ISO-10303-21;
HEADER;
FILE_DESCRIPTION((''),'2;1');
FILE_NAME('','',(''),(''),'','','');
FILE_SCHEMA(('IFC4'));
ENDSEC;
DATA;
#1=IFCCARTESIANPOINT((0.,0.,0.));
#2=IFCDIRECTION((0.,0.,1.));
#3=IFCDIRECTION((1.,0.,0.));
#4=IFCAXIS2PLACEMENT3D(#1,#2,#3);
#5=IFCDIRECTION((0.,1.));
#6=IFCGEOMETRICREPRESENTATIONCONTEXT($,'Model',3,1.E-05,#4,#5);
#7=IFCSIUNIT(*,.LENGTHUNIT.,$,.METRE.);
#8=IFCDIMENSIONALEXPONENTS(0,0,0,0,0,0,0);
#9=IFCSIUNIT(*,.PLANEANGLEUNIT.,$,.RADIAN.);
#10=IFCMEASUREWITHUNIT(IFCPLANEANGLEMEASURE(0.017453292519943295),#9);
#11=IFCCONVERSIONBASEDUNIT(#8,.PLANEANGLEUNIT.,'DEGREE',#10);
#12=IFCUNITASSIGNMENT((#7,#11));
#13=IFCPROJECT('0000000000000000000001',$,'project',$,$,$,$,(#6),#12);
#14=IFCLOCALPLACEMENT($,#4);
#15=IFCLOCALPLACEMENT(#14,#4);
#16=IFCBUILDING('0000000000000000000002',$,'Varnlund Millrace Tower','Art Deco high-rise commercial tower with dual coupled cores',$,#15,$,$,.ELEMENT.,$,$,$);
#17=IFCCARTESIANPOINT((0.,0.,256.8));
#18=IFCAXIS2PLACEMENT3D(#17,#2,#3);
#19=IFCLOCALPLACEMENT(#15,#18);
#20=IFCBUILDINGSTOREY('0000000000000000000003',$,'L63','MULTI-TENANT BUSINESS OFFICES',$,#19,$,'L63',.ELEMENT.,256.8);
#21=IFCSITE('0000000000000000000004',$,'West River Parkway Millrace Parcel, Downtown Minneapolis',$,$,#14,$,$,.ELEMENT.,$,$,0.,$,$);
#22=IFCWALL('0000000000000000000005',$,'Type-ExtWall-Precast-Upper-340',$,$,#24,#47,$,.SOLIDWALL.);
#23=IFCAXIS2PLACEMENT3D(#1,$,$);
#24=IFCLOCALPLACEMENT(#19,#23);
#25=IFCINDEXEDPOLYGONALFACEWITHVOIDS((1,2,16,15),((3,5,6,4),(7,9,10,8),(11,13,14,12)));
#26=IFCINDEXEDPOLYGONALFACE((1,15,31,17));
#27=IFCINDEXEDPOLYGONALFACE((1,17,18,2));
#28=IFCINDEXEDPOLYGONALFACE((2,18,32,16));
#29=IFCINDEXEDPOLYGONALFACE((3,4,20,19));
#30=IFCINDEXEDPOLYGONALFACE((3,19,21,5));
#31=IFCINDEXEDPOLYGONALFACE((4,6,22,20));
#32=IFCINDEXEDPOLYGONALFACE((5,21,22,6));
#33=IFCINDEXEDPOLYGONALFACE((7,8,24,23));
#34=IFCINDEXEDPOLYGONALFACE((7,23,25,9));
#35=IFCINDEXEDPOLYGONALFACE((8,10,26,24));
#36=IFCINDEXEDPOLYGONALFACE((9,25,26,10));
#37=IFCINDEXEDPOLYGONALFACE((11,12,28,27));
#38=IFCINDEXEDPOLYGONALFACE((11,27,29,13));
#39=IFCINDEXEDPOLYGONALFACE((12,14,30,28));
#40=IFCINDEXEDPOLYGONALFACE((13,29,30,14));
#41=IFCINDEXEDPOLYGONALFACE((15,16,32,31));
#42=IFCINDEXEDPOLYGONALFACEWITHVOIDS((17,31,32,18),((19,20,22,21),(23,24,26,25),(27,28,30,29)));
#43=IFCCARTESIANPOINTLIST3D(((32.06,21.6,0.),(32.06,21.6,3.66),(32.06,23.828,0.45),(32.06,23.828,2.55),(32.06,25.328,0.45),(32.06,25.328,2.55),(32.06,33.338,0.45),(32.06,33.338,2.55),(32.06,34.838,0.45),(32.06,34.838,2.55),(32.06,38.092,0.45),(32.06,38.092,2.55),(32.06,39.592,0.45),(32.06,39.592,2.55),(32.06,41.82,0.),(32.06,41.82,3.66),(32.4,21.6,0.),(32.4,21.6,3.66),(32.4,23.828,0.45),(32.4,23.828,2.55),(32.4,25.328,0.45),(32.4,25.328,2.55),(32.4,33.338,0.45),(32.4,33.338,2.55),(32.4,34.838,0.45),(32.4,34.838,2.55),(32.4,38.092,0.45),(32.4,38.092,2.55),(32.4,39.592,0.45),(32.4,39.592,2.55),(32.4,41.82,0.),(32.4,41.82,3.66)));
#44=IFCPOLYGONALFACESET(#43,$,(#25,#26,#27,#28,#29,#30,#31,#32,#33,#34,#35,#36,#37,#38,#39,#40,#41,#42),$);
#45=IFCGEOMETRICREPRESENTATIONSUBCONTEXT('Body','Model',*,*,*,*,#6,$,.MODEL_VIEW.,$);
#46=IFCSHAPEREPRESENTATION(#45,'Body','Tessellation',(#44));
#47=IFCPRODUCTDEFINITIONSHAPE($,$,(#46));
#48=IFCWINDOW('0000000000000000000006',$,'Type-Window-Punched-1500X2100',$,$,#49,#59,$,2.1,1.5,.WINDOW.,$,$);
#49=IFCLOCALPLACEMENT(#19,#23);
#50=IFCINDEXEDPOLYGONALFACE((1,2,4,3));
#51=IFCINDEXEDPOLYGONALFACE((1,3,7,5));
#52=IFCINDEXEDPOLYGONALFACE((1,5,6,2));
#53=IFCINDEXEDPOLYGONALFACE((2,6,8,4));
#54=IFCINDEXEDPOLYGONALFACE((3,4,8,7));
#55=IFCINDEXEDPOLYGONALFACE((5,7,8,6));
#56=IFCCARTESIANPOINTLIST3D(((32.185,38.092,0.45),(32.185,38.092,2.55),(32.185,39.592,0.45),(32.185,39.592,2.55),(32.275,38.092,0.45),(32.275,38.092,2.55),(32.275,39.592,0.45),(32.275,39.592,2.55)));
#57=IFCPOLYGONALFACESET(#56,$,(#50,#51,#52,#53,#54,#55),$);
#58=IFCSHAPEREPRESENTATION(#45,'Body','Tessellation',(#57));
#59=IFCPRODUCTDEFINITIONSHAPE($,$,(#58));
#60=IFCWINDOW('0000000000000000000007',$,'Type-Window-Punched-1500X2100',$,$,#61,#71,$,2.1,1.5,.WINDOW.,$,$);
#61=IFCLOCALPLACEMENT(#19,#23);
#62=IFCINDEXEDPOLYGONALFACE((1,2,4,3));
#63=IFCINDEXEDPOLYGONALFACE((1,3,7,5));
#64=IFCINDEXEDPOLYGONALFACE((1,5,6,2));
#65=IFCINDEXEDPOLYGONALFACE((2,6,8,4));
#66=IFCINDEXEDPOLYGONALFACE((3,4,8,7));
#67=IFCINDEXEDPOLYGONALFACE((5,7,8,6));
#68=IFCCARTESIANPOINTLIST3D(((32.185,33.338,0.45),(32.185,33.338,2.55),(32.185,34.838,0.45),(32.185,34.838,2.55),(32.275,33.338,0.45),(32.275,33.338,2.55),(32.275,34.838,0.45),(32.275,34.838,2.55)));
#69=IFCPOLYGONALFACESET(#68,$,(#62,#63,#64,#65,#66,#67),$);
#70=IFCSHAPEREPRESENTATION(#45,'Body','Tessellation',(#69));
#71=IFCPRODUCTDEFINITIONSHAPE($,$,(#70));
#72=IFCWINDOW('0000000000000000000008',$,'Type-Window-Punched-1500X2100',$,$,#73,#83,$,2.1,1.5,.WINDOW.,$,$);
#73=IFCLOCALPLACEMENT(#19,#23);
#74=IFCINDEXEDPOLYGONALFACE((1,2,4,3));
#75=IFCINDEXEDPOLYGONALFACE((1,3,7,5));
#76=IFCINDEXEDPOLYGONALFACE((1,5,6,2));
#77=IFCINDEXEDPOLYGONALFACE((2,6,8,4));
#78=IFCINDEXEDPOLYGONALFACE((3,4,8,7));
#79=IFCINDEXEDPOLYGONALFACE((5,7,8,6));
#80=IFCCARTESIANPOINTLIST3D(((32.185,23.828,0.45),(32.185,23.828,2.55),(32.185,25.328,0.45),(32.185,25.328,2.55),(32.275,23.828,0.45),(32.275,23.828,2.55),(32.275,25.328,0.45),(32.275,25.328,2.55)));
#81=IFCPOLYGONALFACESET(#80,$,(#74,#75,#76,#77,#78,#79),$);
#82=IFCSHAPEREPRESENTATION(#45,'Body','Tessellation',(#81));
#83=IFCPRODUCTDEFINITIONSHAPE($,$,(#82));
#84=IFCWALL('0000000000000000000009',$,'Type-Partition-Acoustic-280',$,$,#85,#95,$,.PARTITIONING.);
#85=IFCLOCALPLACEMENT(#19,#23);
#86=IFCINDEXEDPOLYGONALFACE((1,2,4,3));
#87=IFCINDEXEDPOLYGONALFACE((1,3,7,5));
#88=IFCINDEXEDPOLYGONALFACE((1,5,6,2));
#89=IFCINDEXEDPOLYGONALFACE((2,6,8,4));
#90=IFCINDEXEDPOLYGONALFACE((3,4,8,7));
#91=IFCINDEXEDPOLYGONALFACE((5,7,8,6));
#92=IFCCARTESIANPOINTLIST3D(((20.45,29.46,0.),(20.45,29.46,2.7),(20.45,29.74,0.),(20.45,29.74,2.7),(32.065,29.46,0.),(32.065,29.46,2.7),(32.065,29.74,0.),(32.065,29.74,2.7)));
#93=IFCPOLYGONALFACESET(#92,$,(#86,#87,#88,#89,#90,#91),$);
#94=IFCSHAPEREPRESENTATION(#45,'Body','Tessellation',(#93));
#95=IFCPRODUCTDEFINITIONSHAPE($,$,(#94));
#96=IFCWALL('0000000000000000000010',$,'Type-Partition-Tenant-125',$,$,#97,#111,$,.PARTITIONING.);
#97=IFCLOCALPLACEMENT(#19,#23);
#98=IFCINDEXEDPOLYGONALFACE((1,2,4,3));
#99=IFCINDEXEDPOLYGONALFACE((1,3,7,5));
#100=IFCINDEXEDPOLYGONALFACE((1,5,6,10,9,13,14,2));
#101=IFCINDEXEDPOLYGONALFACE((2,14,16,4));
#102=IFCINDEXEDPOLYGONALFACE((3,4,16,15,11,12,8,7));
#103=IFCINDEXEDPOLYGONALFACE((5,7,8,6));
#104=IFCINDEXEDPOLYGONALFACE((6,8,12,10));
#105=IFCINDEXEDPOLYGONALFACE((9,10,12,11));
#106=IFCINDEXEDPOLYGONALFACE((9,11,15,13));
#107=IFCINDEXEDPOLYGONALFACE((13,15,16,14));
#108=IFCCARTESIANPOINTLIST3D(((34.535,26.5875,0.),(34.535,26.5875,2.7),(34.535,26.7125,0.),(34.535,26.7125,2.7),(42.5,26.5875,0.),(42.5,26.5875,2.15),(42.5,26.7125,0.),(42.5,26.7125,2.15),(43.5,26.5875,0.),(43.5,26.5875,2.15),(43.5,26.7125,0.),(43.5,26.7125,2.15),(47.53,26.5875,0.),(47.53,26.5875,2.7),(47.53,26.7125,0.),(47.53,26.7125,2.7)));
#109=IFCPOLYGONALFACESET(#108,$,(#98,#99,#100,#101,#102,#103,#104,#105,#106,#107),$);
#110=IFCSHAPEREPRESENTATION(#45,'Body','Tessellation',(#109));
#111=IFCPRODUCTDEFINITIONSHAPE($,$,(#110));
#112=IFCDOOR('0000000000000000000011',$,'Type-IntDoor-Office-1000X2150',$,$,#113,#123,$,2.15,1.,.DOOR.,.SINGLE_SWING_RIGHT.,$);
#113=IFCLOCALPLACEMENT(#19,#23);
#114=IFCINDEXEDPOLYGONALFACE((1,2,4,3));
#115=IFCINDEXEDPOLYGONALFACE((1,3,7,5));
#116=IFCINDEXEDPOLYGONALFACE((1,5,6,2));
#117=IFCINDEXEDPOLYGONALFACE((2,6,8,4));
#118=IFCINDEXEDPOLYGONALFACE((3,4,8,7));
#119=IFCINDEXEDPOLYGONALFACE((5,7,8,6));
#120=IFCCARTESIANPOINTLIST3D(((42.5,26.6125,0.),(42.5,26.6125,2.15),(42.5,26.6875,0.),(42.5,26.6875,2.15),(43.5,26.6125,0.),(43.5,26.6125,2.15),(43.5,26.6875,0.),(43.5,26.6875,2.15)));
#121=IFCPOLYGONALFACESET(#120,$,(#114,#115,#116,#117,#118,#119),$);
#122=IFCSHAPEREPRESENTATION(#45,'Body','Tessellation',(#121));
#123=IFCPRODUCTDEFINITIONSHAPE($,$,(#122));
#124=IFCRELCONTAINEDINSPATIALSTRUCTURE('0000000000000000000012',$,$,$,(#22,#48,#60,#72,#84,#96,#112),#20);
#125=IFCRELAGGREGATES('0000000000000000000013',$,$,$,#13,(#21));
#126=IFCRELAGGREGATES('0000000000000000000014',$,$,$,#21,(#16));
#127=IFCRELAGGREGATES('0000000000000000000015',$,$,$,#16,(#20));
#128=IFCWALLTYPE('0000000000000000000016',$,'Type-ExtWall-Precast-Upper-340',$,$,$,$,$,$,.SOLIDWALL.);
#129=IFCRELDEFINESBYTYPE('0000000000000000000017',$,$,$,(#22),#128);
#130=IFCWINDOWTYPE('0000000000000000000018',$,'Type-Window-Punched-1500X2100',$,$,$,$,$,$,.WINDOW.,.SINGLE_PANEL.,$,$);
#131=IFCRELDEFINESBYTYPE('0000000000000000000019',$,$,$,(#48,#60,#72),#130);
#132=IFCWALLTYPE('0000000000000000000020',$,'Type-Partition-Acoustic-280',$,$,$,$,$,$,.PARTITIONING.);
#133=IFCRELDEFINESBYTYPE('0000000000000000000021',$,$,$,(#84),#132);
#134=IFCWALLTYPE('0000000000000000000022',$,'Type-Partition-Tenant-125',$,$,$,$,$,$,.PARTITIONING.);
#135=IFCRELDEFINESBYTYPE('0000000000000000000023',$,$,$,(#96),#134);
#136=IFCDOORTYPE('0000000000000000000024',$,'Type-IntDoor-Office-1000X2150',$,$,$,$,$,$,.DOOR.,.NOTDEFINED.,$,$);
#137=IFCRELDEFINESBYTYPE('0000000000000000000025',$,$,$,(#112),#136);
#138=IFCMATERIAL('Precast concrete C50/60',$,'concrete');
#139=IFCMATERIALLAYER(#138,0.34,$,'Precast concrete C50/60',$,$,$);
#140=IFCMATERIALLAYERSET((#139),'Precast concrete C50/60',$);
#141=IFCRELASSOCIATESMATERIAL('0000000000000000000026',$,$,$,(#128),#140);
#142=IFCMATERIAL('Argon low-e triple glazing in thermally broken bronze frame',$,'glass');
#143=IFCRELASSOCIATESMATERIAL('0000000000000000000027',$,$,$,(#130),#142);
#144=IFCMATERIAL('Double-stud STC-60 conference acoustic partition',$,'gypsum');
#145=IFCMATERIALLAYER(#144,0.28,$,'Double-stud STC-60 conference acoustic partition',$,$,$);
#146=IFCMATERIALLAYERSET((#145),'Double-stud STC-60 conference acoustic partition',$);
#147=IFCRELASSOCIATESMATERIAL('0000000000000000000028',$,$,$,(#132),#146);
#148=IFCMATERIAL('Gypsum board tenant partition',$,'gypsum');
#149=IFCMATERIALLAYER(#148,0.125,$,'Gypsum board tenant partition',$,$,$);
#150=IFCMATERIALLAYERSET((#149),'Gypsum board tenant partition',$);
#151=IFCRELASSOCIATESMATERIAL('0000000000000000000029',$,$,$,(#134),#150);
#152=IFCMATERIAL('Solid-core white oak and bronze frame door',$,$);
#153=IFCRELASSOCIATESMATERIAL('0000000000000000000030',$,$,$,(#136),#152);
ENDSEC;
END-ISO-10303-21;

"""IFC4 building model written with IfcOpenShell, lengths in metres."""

from ifc_helpers import new_model, entity, si_unit, converted_unit, direction, frame, origin_with_axes, origin_2d_with_axis, place, context, subcontext, project, spatial, polyline, rectangle, outline, extrude, material, layer, layer_set, type_object, element, fill, save


model = new_model("IFC4")

# Units and contexts
model_context = context("Model", 3, precision=1e-05, world=origin_with_axes(), true_north=direction((0.0, 1.0)))
body_context = subcontext(model_context, "Body", "Model", "MODEL_VIEW")
ifc_project = project(units=[si_unit("LENGTHUNIT", "METRE"), converted_unit("PLANEANGLEUNIT", "DEGREE", entity("IfcPlaneAngleMeasure", 0.017453292519943295), si_unit("PLANEANGLEUNIT", "RADIAN"), dimensions=[0, 0, 0, 0, 0, 0, 0])], contexts=[model_context])

# Site, building, storey
site_placement = place(None, origin_with_axes())
site = spatial("IfcSite", under=ifc_project, at=site_placement, Name="West River Parkway Millrace Parcel, Downtown Minneapolis", CompositionType="ELEMENT", RefElevation=0.0)
building_placement = place(site_placement, origin_with_axes())
building = spatial("IfcBuilding", under=site, at=building_placement, Name="Varnlund Millrace Tower", Description="Art Deco high-rise commercial tower with dual coupled cores", CompositionType="ELEMENT")
storey_placement = place(building_placement, frame((0.0, 0.0, 256.8), z_axis=(0.0, 0.0, 1.0), x_axis=(1.0, 0.0, 0.0)))
storey = spatial("IfcBuildingStorey", under=building, at=storey_placement, Name="L63", Description="MULTI-TENANT BUSINESS OFFICES", LongName="L63", CompositionType="ELEMENT", Elevation=256.8)

# Shared definitions
ifc_material_1 = material(Name="Precast concrete C50/60", Category="concrete")
ifc_layer_1 = layer(ifc_material_1, 0.34, Name="Precast concrete C50/60")
ifc_layer_set_1 = layer_set([ifc_layer_1], Name="Precast concrete C50/60")
wall_type_1 = type_object("IfcWallType", Name="Type-ExtWall-Precast-Upper-340", PredefinedType="SOLIDWALL", material=ifc_layer_set_1)
ifc_material_2 = material(Name="Argon low-e triple glazing in thermally broken bronze frame", Category="glass")
window_type = type_object("IfcWindowType", Name="Type-Window-Punched-1500X2100", PartitioningType="SINGLE_PANEL", PredefinedType="WINDOW", material=ifc_material_2)

# Wall, openings, windows
wall_1_placement = place(storey_placement, frame((32.23, 41.82, 0.0), z_axis=(0.0, 0.0, 1.0), x_axis=(0.0, -1.0, 0.0)))
wall_1 = element("IfcWall", 1, at=wall_1_placement, inside=storey, type_object=wall_type_1, Name="Type-ExtWall-Precast-Upper-340", PredefinedType="SOLIDWALL", context=body_context, shape_type="SweptSolid", body=[
    extrude(outline(polyline([(0.0, -0.17), (20.22, -0.17), (20.22, 0.17), (0.0, 0.17), (0.0, -0.17)])), origin_with_axes(), (0.0, 0.0, 1.0), 3.66),
])
opening_1_placement = place(wall_1_placement, frame((2.978, 0.0, 0.45), z_axis=(0.0, 0.0, 1.0), x_axis=(1.0, 0.0, 0.0)))
opening_1 = element("IfcOpeningElement", 2, at=opening_1_placement, cuts=wall_1, PredefinedType="OPENING", context=body_context, shape_type="SweptSolid", body=[
    extrude(rectangle(XDim=1.5, YDim=0.36, at=origin_2d_with_axis()), origin_with_axes(), (0.0, 0.0, 1.0), 2.1),
])
opening_2_placement = place(wall_1_placement, frame((7.732, 0.0, 0.45), z_axis=(0.0, 0.0, 1.0), x_axis=(1.0, 0.0, 0.0)))
opening_2 = element("IfcOpeningElement", 3, at=opening_2_placement, cuts=wall_1, PredefinedType="OPENING", context=body_context, shape_type="SweptSolid", body=[
    extrude(rectangle(XDim=1.5, YDim=0.36, at=origin_2d_with_axis()), origin_with_axes(), (0.0, 0.0, 1.0), 2.1),
])
opening_3_placement = place(wall_1_placement, frame((17.242, 0.0, 0.45), z_axis=(0.0, 0.0, 1.0), x_axis=(1.0, 0.0, 0.0)))
opening_3 = element("IfcOpeningElement", 4, at=opening_3_placement, cuts=wall_1, PredefinedType="OPENING", context=body_context, shape_type="SweptSolid", body=[
    extrude(rectangle(XDim=1.5, YDim=0.36, at=origin_2d_with_axis()), origin_with_axes(), (0.0, 0.0, 1.0), 2.1),
])
window_1_placement = place(wall_1_placement, frame((2.978, 0.0, 0.45), z_axis=(0.0, 0.0, 1.0), x_axis=(1.0, 0.0, 0.0)))
window_1 = element("IfcWindow", 5, at=window_1_placement, inside=storey, type_object=window_type, Name="Type-Window-Punched-1500X2100", OverallHeight=2.1, OverallWidth=1.5, PredefinedType="WINDOW", context=body_context, shape_type="SweptSolid", body=[
    extrude(rectangle(XDim=1.5, YDim=0.09, at=origin_2d_with_axis()), origin_with_axes(), (0.0, 0.0, 1.0), 2.1),
])
fill(opening_1, window_1)
window_2_placement = place(wall_1_placement, frame((7.732, 0.0, 0.45), z_axis=(0.0, 0.0, 1.0), x_axis=(1.0, 0.0, 0.0)))
window_2 = element("IfcWindow", 6, at=window_2_placement, inside=storey, type_object=window_type, Name="Type-Window-Punched-1500X2100", OverallHeight=2.1, OverallWidth=1.5, PredefinedType="WINDOW", context=body_context, shape_type="SweptSolid", body=[
    extrude(rectangle(XDim=1.5, YDim=0.09, at=origin_2d_with_axis()), origin_with_axes(), (0.0, 0.0, 1.0), 2.1),
])
fill(opening_2, window_2)
window_3_placement = place(wall_1_placement, frame((17.242, 0.0, 0.45), z_axis=(0.0, 0.0, 1.0), x_axis=(1.0, 0.0, 0.0)))
window_3 = element("IfcWindow", 7, at=window_3_placement, inside=storey, type_object=window_type, Name="Type-Window-Punched-1500X2100", OverallHeight=2.1, OverallWidth=1.5, PredefinedType="WINDOW", context=body_context, shape_type="SweptSolid", body=[
    extrude(rectangle(XDim=1.5, YDim=0.09, at=origin_2d_with_axis()), origin_with_axes(), (0.0, 0.0, 1.0), 2.1),
])
fill(opening_3, window_3)

# Wall
ifc_material_3 = material(Name="Double-stud STC-60 conference acoustic partition", Category="gypsum")
ifc_layer_2 = layer(ifc_material_3, 0.28, Name="Double-stud STC-60 conference acoustic partition")
ifc_layer_set_2 = layer_set([ifc_layer_2], Name="Double-stud STC-60 conference acoustic partition")
wall_type_2 = type_object("IfcWallType", Name="Type-Partition-Acoustic-280", PredefinedType="PARTITIONING", material=ifc_layer_set_2)
wall_2_placement = place(storey_placement, frame((20.45, 29.6, 0.0), z_axis=(0.0, 0.0, 1.0), x_axis=(1.0, 0.0, 0.0)))
element("IfcWall", 8, at=wall_2_placement, inside=storey, type_object=wall_type_2, Name="Type-Partition-Acoustic-280", PredefinedType="PARTITIONING", context=body_context, shape_type="SweptSolid", body=[
    extrude(outline(polyline([(0.0, -0.14), (11.615, -0.14), (11.615, 0.14), (0.0, 0.14), (0.0, -0.14)])), origin_with_axes(), (0.0, 0.0, 1.0), 2.7),
])

# Wall, opening, door
ifc_material_4 = material(Name="Gypsum board tenant partition", Category="gypsum")
ifc_layer_3 = layer(ifc_material_4, 0.125, Name="Gypsum board tenant partition")
ifc_layer_set_3 = layer_set([ifc_layer_3], Name="Gypsum board tenant partition")
wall_type_3 = type_object("IfcWallType", Name="Type-Partition-Tenant-125", PredefinedType="PARTITIONING", material=ifc_layer_set_3)
wall_3_placement = place(storey_placement, frame((34.535, 26.65, 0.0), z_axis=(0.0, 0.0, 1.0), x_axis=(1.0, 0.0, 0.0)))
wall_3 = element("IfcWall", 9, at=wall_3_placement, inside=storey, type_object=wall_type_3, Name="Type-Partition-Tenant-125", PredefinedType="PARTITIONING", context=body_context, shape_type="SweptSolid", body=[
    extrude(outline(polyline([(0.0, -0.0625), (12.995, -0.0625), (12.995, 0.0625), (0.0, 0.0625), (0.0, -0.0625)])), origin_with_axes(), (0.0, 0.0, 1.0), 2.7),
])
opening_4_placement = place(wall_3_placement, frame((8.465, 0.0, 0.0), z_axis=(0.0, 0.0, 1.0), x_axis=(1.0, 0.0, 0.0)))
opening_4 = element("IfcOpeningElement", 10, at=opening_4_placement, cuts=wall_3, PredefinedType="OPENING", context=body_context, shape_type="SweptSolid", body=[
    extrude(rectangle(XDim=1.0, YDim=0.145, at=origin_2d_with_axis()), origin_with_axes(), (0.0, 0.0, 1.0), 2.15),
])
ifc_material_5 = material(Name="Solid-core white oak and bronze frame door")
door_type = type_object("IfcDoorType", Name="Type-IntDoor-Office-1000X2150", OperationType="NOTDEFINED", PredefinedType="DOOR", material=ifc_material_5)
door_placement = place(wall_3_placement, frame((8.465, 0.0, 0.0), z_axis=(0.0, 0.0, 1.0), x_axis=(1.0, 0.0, 0.0)))
door = element("IfcDoor", 11, at=door_placement, inside=storey, type_object=door_type, Name="Type-IntDoor-Office-1000X2150", OperationType="SINGLE_SWING_RIGHT", OverallHeight=2.15, OverallWidth=1.0, PredefinedType="DOOR", context=body_context, shape_type="SweptSolid", body=[
    extrude(rectangle(XDim=1.0, YDim=0.075, at=origin_2d_with_axis()), origin_with_axes(), (0.0, 0.0, 1.0), 2.15),
])
fill(opening_4, door)

save(model, "model.ifc")
